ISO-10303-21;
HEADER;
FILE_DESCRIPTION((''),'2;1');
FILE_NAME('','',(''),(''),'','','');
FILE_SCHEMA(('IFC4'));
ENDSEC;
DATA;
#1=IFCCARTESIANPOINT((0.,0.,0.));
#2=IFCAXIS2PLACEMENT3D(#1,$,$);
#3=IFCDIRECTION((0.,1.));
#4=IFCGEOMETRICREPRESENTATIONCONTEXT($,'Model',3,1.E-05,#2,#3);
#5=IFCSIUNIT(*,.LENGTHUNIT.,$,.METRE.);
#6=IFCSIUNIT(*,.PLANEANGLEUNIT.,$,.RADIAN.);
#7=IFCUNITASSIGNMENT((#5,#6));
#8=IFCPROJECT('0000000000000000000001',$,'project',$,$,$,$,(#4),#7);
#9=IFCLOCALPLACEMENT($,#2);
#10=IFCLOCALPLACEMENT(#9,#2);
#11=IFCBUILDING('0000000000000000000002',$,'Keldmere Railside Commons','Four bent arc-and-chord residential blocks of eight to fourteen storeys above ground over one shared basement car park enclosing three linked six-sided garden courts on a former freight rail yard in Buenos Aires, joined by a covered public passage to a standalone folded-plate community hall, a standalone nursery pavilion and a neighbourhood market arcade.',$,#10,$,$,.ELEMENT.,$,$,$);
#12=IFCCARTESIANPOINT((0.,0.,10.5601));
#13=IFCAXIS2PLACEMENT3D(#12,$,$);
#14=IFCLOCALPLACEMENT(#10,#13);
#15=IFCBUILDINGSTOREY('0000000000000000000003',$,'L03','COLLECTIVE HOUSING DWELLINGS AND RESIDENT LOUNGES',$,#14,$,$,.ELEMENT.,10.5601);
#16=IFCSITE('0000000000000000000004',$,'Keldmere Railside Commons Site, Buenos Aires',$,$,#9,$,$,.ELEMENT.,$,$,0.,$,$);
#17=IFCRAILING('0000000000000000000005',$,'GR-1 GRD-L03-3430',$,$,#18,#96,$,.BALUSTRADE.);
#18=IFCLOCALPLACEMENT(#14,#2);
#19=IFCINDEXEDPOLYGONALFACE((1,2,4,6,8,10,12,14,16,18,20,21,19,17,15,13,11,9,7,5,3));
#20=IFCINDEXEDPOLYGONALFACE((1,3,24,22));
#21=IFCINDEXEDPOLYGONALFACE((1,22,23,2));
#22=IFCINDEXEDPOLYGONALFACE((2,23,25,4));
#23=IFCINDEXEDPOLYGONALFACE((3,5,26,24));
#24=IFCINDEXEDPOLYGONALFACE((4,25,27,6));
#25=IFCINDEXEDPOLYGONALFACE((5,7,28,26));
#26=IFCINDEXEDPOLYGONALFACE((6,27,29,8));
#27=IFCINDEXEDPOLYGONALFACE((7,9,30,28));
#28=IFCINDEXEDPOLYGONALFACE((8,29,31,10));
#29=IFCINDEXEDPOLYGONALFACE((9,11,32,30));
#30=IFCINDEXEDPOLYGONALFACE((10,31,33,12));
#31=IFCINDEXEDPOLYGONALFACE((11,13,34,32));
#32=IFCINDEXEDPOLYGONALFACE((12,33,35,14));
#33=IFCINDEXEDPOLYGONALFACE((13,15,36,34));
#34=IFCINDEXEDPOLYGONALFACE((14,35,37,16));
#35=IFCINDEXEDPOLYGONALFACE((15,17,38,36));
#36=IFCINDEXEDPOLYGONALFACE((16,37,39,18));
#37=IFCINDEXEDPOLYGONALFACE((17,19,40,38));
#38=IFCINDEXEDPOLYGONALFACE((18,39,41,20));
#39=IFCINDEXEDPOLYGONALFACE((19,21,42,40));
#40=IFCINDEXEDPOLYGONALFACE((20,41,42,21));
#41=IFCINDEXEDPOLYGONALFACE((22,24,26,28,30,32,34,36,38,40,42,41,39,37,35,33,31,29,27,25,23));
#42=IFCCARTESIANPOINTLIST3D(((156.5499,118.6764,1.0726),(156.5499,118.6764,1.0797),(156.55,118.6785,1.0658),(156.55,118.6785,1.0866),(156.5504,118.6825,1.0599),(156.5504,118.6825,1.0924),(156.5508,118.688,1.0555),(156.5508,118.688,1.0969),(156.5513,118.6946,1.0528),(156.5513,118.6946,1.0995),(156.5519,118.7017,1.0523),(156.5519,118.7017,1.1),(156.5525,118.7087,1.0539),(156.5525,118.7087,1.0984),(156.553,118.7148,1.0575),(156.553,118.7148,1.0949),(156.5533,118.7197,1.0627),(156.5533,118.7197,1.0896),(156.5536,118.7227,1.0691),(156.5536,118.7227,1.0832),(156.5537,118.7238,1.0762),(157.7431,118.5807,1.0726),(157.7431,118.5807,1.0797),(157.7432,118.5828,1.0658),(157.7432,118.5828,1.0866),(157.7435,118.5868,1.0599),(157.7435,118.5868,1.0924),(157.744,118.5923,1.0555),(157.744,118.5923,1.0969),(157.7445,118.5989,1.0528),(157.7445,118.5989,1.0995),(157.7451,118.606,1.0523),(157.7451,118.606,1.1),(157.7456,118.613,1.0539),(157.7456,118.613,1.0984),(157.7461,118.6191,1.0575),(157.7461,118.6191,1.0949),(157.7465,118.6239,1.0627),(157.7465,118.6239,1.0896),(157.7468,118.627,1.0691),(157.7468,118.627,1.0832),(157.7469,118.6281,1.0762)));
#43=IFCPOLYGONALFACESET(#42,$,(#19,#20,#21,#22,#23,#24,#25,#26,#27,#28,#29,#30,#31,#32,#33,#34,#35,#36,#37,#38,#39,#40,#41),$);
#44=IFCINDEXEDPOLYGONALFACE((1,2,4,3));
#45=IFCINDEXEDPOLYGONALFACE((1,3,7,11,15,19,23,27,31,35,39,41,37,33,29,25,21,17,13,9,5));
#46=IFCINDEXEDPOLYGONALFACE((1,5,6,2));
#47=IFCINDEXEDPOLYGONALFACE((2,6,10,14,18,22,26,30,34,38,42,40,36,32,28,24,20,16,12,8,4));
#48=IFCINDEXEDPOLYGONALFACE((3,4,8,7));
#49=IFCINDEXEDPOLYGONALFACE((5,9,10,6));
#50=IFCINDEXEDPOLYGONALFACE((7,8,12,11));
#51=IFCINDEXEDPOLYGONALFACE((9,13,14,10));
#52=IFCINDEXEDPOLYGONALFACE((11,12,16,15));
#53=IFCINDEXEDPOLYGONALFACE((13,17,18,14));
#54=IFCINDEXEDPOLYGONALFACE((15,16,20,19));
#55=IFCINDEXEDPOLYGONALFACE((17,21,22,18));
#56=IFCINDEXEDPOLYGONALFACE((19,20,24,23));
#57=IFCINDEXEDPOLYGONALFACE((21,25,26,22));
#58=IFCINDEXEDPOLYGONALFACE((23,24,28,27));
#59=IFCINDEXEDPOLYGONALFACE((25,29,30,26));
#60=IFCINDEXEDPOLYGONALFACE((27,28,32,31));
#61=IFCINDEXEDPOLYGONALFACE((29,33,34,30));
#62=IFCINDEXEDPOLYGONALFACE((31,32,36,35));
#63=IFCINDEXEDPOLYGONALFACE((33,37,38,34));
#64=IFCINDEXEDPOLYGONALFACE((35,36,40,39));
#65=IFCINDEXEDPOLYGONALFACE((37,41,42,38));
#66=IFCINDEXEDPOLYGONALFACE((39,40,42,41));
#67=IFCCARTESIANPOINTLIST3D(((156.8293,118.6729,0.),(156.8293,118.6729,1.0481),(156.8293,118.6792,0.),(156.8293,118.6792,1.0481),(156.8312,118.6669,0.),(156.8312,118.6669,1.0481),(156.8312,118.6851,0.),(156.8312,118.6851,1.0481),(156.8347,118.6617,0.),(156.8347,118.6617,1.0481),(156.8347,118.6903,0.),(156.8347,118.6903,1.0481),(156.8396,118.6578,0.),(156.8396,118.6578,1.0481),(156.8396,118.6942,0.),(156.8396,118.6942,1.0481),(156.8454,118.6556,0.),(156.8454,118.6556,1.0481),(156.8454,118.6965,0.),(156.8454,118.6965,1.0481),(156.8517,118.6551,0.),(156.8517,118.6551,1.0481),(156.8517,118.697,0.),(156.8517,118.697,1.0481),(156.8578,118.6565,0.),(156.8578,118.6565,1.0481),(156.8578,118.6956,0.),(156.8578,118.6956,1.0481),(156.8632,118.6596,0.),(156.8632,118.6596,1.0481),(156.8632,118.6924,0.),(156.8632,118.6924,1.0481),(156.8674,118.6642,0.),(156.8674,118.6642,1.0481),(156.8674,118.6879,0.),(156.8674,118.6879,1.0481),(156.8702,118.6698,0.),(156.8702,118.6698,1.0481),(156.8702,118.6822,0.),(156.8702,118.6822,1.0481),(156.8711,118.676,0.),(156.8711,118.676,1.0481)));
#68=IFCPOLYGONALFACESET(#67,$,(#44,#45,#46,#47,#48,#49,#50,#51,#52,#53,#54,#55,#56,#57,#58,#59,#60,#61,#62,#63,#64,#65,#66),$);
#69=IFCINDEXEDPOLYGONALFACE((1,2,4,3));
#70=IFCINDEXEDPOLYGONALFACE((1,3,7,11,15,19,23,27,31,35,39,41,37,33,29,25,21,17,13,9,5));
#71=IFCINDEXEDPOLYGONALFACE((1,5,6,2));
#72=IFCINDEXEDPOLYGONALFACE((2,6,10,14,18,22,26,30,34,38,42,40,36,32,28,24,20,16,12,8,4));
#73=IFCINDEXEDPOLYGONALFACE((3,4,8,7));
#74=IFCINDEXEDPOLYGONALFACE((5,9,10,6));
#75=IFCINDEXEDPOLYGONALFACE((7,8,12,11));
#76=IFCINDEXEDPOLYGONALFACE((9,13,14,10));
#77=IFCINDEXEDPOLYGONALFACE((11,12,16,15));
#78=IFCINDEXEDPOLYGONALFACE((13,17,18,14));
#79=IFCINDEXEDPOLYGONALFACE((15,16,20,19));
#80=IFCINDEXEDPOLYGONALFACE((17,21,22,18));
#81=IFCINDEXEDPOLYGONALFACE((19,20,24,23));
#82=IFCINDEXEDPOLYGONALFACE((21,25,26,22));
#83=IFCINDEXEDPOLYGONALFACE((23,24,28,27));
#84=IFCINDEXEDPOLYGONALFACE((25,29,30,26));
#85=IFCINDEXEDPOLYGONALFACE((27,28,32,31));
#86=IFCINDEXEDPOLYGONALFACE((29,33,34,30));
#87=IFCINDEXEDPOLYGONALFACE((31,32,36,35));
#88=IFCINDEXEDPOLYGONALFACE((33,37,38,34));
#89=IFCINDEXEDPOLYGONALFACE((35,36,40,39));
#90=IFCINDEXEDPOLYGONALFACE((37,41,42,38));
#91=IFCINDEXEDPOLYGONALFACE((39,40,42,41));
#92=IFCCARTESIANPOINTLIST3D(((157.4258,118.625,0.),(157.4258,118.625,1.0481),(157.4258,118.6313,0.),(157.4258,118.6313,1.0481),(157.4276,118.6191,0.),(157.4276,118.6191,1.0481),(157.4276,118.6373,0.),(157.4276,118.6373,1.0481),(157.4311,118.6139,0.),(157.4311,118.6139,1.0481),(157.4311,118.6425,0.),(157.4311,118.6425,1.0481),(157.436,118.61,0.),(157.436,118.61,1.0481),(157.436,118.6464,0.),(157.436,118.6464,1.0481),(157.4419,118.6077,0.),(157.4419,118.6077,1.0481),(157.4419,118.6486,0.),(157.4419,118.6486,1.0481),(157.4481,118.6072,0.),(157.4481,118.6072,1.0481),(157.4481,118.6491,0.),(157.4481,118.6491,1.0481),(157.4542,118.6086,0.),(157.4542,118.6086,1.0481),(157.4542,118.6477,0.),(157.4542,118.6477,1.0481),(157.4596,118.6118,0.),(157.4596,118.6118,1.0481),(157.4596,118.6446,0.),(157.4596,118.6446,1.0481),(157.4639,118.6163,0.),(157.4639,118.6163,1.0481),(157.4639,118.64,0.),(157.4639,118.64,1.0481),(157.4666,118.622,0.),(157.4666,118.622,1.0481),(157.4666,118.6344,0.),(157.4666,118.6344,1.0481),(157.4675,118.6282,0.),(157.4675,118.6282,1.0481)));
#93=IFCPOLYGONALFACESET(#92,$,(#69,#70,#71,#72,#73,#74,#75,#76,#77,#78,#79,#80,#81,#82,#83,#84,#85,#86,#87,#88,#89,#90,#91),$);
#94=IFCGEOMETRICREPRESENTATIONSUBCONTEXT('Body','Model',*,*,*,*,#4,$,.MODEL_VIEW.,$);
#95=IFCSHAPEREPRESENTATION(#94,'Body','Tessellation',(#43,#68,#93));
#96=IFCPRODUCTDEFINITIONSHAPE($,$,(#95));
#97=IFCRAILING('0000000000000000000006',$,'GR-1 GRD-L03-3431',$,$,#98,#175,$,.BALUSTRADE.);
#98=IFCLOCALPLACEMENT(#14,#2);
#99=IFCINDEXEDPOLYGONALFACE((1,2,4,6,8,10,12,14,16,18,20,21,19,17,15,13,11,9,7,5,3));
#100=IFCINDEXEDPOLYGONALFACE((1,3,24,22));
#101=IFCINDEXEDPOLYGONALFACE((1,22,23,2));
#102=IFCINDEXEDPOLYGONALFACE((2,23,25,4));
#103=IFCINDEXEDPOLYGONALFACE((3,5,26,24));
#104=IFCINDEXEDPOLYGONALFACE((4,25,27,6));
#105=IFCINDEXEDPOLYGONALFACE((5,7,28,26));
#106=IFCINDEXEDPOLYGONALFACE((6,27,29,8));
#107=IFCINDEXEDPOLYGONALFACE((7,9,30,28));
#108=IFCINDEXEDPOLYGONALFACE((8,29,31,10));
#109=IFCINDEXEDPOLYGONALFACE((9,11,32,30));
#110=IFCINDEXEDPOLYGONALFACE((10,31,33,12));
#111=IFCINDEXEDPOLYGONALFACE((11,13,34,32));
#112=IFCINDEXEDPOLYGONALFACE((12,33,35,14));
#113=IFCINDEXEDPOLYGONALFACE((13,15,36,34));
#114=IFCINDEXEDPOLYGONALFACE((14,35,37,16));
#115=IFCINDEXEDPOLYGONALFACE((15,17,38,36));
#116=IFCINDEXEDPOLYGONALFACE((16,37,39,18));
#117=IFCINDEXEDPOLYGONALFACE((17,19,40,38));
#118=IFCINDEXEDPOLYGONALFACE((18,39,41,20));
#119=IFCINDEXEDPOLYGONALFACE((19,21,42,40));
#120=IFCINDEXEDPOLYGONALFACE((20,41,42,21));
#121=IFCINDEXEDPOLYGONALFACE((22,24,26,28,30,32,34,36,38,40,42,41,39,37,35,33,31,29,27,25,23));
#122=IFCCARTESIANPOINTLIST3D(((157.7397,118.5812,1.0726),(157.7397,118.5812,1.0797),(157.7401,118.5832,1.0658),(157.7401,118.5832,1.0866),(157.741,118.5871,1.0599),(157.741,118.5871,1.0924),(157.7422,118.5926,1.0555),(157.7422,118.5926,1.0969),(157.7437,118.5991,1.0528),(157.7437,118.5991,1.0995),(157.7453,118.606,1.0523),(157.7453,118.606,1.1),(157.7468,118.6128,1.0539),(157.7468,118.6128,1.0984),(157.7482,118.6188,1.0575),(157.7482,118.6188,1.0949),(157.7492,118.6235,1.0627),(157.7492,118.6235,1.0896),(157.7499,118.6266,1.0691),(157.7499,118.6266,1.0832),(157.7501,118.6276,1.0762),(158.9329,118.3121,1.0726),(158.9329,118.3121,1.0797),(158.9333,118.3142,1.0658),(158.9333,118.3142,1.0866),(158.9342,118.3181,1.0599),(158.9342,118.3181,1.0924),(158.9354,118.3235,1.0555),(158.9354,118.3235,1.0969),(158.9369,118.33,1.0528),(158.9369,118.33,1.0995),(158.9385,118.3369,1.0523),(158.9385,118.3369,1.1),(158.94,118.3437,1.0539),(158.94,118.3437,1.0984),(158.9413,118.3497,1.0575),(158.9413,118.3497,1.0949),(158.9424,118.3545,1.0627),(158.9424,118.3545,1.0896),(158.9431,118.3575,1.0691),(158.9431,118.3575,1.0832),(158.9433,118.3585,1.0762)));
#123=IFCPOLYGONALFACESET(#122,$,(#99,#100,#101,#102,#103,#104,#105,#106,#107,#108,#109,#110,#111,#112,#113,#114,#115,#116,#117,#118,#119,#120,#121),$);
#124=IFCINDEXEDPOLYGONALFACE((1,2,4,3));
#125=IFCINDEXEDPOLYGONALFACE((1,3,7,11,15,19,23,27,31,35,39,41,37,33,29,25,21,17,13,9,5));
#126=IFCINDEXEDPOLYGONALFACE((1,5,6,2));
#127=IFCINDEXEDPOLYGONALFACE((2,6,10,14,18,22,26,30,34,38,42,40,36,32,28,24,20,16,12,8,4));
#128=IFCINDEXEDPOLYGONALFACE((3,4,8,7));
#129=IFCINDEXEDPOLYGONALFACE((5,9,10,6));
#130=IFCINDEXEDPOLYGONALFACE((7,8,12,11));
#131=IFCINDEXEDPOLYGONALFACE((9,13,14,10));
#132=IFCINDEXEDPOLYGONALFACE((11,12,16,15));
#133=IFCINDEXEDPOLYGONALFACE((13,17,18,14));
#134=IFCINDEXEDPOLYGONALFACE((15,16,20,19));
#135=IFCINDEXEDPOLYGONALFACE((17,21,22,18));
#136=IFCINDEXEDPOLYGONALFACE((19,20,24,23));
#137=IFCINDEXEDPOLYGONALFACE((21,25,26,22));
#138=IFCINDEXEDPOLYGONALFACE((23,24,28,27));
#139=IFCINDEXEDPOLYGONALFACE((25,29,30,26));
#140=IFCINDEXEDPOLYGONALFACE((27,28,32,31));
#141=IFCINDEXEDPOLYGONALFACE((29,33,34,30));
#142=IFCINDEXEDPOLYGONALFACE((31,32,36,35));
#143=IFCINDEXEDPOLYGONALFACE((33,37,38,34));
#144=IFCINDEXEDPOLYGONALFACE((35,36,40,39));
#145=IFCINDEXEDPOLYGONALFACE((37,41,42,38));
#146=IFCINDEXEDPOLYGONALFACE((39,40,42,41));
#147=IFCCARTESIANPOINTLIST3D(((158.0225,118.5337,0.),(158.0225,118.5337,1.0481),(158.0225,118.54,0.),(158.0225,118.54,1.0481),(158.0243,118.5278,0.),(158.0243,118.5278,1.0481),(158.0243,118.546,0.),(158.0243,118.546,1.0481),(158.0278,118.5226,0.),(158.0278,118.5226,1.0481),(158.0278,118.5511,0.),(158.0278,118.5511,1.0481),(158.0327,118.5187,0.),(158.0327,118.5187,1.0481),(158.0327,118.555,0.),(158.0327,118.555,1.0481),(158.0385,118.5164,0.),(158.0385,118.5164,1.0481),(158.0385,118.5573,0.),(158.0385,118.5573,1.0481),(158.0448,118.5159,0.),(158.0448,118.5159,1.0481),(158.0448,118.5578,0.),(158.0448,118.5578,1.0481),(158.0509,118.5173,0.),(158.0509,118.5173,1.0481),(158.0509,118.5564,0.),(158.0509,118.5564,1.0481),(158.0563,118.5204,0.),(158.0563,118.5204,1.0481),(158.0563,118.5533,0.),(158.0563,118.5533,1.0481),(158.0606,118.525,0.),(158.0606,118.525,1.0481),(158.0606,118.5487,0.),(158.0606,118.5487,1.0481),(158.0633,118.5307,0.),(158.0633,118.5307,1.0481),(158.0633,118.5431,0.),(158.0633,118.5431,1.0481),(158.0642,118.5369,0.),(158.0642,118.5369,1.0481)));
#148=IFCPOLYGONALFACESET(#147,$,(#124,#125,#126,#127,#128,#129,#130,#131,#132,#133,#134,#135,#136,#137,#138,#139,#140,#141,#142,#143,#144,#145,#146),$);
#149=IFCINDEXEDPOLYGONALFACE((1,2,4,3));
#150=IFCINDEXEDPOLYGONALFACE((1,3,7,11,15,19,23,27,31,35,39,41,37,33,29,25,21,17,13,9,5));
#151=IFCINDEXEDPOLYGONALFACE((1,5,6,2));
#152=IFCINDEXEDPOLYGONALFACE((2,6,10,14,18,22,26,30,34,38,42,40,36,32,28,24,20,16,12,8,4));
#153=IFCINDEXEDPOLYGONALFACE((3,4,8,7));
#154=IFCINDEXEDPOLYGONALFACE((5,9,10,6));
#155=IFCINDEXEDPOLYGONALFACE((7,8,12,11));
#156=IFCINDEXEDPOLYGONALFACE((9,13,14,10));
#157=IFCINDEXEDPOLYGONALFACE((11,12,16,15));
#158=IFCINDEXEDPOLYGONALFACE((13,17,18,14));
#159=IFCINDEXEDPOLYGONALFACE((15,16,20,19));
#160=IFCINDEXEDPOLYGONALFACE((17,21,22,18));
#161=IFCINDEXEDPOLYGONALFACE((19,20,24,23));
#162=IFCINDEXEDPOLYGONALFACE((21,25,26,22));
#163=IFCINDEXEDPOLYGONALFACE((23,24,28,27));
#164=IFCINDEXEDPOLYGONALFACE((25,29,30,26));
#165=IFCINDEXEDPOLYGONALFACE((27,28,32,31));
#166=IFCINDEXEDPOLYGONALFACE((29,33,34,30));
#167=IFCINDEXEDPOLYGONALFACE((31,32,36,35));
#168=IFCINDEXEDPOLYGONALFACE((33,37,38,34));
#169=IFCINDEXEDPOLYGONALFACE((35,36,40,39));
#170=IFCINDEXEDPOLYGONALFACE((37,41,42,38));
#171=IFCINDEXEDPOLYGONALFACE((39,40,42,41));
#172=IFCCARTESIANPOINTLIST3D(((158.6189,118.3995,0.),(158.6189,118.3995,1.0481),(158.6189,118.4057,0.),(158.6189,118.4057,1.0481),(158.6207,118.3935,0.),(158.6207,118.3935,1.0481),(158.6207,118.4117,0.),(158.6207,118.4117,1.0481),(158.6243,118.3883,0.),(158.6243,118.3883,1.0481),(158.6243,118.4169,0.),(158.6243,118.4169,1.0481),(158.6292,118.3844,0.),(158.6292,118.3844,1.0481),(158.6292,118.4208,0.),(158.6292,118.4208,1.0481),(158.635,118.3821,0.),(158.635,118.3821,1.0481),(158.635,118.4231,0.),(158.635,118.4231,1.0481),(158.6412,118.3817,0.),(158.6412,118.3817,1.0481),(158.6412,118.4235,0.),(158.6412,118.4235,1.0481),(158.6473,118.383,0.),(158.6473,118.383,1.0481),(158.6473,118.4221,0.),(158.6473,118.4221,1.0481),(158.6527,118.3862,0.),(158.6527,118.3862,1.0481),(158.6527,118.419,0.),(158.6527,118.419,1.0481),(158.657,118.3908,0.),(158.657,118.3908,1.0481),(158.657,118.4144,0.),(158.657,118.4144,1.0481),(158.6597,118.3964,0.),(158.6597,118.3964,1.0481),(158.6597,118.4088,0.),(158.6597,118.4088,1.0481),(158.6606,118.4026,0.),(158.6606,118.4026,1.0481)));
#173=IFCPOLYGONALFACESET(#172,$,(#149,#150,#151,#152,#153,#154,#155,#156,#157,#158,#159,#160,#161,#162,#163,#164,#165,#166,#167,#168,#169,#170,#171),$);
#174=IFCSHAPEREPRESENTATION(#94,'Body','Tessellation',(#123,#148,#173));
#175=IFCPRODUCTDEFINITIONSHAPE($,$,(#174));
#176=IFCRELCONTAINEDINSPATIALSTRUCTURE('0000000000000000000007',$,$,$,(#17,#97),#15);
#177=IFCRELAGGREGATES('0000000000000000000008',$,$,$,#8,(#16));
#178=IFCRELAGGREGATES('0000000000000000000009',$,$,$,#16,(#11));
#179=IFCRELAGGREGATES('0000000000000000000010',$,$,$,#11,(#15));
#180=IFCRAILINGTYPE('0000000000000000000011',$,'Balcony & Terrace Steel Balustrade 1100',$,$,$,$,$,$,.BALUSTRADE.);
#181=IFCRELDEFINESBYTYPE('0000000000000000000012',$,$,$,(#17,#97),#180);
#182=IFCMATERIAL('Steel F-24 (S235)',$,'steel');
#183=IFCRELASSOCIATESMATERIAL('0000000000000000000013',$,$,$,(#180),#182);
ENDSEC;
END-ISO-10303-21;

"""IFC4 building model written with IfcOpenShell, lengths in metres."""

from ifc_helpers import new_model, si_unit, direction, frame, origin, origin_2d, place, context, subcontext, project, spatial, circle, extrude, material, type_object, element, save


model = new_model("IFC4")

# Units and contexts
model_context = context("Model", 3, precision=1e-05, world=origin(), true_north=direction((0.0, 1.0)))
body_context = subcontext(model_context, "Body", "Model", "MODEL_VIEW")
ifc_project = project(units=[si_unit("LENGTHUNIT", "METRE"), si_unit("PLANEANGLEUNIT", "RADIAN")], contexts=[model_context])

# Site, building, storey
site_placement = place(None, origin())
site = spatial("IfcSite", under=ifc_project, at=site_placement, Name="Keldmere Railside Commons Site, Buenos Aires", CompositionType="ELEMENT", RefElevation=0.0)
building_placement = place(site_placement, origin())
building = spatial("IfcBuilding", under=site, at=building_placement, Name="Keldmere Railside Commons", Description="Four bent arc-and-chord residential blocks of eight to fourteen storeys above ground over one shared basement car park enclosing three linked six-sided garden courts on a former freight rail yard in Buenos Aires, joined by a covered public passage to a standalone folded-plate community hall, a standalone nursery pavilion and a neighbourhood market arcade.", CompositionType="ELEMENT")
storey_placement = place(building_placement, frame((0.0, 0.0, 10.5601)))
storey = spatial("IfcBuildingStorey", under=building, at=storey_placement, Name="L03", Description="COLLECTIVE HOUSING DWELLINGS AND RESIDENT LOUNGES", CompositionType="ELEMENT", Elevation=10.5601)

# Shared definitions
ifc_material_1 = material(Name="Steel F-24 (S235)", Category="steel")

# Railings
railing_type_1 = type_object("IfcRailingType", Name="Balcony & Terrace Steel Balustrade 1100", PredefinedType="BALUSTRADE", material=ifc_material_1)
railing_1_placement = place(storey_placement, frame((156.5518, 118.7, 0.0)))
element("IfcRailing", 1, at=railing_1_placement, inside=storey, type_object=railing_type_1, Name="GR-1 GRD-L03-3430", PredefinedType="BALUSTRADE", context=body_context, shape_type="SweptSolid", body=[
    extrude(circle(Radius=0.0239, at=origin_2d()), frame((0.0, 0.0, 1.0762), z_axis=(0.996798, -0.079956, 0.0), x_axis=(0.079956, 0.996798, 0.0)), (0.0, 0.0, 1.0), 1.197),
    extrude(circle(Radius=0.021, at=origin_2d()), frame((0.2983, -0.0239, 0.0)), (0.0, 0.0, 1.0), 1.0481),
    extrude(circle(Radius=0.021, at=origin_2d()), frame((0.8948, -0.0718, 0.0)), (0.0, 0.0, 1.0), 1.0481),
])
railing_2_placement = place(storey_placement, frame((157.7449, 118.6042, 0.0)))
element("IfcRailing", 2, at=railing_2_placement, inside=storey, type_object=railing_type_1, Name="GR-1 GRD-L03-3431", PredefinedType="BALUSTRADE", context=body_context, shape_type="SweptSolid", body=[
    extrude(circle(Radius=0.0239, at=origin_2d()), frame((0.0, 0.0, 1.0762), z_axis=(0.975506, -0.219973, 0.0), x_axis=(0.219973, 0.975506, 0.0)), (0.0, 0.0, 1.0), 1.2231),
    extrude(circle(Radius=0.021, at=origin_2d()), frame((0.2983, -0.0674, 0.0)), (0.0, 0.0, 1.0), 1.0481),
    extrude(circle(Radius=0.021, at=origin_2d()), frame((0.8948, -0.2017, 0.0)), (0.0, 0.0, 1.0), 1.0481),
])

save(model, "model.ifc")
